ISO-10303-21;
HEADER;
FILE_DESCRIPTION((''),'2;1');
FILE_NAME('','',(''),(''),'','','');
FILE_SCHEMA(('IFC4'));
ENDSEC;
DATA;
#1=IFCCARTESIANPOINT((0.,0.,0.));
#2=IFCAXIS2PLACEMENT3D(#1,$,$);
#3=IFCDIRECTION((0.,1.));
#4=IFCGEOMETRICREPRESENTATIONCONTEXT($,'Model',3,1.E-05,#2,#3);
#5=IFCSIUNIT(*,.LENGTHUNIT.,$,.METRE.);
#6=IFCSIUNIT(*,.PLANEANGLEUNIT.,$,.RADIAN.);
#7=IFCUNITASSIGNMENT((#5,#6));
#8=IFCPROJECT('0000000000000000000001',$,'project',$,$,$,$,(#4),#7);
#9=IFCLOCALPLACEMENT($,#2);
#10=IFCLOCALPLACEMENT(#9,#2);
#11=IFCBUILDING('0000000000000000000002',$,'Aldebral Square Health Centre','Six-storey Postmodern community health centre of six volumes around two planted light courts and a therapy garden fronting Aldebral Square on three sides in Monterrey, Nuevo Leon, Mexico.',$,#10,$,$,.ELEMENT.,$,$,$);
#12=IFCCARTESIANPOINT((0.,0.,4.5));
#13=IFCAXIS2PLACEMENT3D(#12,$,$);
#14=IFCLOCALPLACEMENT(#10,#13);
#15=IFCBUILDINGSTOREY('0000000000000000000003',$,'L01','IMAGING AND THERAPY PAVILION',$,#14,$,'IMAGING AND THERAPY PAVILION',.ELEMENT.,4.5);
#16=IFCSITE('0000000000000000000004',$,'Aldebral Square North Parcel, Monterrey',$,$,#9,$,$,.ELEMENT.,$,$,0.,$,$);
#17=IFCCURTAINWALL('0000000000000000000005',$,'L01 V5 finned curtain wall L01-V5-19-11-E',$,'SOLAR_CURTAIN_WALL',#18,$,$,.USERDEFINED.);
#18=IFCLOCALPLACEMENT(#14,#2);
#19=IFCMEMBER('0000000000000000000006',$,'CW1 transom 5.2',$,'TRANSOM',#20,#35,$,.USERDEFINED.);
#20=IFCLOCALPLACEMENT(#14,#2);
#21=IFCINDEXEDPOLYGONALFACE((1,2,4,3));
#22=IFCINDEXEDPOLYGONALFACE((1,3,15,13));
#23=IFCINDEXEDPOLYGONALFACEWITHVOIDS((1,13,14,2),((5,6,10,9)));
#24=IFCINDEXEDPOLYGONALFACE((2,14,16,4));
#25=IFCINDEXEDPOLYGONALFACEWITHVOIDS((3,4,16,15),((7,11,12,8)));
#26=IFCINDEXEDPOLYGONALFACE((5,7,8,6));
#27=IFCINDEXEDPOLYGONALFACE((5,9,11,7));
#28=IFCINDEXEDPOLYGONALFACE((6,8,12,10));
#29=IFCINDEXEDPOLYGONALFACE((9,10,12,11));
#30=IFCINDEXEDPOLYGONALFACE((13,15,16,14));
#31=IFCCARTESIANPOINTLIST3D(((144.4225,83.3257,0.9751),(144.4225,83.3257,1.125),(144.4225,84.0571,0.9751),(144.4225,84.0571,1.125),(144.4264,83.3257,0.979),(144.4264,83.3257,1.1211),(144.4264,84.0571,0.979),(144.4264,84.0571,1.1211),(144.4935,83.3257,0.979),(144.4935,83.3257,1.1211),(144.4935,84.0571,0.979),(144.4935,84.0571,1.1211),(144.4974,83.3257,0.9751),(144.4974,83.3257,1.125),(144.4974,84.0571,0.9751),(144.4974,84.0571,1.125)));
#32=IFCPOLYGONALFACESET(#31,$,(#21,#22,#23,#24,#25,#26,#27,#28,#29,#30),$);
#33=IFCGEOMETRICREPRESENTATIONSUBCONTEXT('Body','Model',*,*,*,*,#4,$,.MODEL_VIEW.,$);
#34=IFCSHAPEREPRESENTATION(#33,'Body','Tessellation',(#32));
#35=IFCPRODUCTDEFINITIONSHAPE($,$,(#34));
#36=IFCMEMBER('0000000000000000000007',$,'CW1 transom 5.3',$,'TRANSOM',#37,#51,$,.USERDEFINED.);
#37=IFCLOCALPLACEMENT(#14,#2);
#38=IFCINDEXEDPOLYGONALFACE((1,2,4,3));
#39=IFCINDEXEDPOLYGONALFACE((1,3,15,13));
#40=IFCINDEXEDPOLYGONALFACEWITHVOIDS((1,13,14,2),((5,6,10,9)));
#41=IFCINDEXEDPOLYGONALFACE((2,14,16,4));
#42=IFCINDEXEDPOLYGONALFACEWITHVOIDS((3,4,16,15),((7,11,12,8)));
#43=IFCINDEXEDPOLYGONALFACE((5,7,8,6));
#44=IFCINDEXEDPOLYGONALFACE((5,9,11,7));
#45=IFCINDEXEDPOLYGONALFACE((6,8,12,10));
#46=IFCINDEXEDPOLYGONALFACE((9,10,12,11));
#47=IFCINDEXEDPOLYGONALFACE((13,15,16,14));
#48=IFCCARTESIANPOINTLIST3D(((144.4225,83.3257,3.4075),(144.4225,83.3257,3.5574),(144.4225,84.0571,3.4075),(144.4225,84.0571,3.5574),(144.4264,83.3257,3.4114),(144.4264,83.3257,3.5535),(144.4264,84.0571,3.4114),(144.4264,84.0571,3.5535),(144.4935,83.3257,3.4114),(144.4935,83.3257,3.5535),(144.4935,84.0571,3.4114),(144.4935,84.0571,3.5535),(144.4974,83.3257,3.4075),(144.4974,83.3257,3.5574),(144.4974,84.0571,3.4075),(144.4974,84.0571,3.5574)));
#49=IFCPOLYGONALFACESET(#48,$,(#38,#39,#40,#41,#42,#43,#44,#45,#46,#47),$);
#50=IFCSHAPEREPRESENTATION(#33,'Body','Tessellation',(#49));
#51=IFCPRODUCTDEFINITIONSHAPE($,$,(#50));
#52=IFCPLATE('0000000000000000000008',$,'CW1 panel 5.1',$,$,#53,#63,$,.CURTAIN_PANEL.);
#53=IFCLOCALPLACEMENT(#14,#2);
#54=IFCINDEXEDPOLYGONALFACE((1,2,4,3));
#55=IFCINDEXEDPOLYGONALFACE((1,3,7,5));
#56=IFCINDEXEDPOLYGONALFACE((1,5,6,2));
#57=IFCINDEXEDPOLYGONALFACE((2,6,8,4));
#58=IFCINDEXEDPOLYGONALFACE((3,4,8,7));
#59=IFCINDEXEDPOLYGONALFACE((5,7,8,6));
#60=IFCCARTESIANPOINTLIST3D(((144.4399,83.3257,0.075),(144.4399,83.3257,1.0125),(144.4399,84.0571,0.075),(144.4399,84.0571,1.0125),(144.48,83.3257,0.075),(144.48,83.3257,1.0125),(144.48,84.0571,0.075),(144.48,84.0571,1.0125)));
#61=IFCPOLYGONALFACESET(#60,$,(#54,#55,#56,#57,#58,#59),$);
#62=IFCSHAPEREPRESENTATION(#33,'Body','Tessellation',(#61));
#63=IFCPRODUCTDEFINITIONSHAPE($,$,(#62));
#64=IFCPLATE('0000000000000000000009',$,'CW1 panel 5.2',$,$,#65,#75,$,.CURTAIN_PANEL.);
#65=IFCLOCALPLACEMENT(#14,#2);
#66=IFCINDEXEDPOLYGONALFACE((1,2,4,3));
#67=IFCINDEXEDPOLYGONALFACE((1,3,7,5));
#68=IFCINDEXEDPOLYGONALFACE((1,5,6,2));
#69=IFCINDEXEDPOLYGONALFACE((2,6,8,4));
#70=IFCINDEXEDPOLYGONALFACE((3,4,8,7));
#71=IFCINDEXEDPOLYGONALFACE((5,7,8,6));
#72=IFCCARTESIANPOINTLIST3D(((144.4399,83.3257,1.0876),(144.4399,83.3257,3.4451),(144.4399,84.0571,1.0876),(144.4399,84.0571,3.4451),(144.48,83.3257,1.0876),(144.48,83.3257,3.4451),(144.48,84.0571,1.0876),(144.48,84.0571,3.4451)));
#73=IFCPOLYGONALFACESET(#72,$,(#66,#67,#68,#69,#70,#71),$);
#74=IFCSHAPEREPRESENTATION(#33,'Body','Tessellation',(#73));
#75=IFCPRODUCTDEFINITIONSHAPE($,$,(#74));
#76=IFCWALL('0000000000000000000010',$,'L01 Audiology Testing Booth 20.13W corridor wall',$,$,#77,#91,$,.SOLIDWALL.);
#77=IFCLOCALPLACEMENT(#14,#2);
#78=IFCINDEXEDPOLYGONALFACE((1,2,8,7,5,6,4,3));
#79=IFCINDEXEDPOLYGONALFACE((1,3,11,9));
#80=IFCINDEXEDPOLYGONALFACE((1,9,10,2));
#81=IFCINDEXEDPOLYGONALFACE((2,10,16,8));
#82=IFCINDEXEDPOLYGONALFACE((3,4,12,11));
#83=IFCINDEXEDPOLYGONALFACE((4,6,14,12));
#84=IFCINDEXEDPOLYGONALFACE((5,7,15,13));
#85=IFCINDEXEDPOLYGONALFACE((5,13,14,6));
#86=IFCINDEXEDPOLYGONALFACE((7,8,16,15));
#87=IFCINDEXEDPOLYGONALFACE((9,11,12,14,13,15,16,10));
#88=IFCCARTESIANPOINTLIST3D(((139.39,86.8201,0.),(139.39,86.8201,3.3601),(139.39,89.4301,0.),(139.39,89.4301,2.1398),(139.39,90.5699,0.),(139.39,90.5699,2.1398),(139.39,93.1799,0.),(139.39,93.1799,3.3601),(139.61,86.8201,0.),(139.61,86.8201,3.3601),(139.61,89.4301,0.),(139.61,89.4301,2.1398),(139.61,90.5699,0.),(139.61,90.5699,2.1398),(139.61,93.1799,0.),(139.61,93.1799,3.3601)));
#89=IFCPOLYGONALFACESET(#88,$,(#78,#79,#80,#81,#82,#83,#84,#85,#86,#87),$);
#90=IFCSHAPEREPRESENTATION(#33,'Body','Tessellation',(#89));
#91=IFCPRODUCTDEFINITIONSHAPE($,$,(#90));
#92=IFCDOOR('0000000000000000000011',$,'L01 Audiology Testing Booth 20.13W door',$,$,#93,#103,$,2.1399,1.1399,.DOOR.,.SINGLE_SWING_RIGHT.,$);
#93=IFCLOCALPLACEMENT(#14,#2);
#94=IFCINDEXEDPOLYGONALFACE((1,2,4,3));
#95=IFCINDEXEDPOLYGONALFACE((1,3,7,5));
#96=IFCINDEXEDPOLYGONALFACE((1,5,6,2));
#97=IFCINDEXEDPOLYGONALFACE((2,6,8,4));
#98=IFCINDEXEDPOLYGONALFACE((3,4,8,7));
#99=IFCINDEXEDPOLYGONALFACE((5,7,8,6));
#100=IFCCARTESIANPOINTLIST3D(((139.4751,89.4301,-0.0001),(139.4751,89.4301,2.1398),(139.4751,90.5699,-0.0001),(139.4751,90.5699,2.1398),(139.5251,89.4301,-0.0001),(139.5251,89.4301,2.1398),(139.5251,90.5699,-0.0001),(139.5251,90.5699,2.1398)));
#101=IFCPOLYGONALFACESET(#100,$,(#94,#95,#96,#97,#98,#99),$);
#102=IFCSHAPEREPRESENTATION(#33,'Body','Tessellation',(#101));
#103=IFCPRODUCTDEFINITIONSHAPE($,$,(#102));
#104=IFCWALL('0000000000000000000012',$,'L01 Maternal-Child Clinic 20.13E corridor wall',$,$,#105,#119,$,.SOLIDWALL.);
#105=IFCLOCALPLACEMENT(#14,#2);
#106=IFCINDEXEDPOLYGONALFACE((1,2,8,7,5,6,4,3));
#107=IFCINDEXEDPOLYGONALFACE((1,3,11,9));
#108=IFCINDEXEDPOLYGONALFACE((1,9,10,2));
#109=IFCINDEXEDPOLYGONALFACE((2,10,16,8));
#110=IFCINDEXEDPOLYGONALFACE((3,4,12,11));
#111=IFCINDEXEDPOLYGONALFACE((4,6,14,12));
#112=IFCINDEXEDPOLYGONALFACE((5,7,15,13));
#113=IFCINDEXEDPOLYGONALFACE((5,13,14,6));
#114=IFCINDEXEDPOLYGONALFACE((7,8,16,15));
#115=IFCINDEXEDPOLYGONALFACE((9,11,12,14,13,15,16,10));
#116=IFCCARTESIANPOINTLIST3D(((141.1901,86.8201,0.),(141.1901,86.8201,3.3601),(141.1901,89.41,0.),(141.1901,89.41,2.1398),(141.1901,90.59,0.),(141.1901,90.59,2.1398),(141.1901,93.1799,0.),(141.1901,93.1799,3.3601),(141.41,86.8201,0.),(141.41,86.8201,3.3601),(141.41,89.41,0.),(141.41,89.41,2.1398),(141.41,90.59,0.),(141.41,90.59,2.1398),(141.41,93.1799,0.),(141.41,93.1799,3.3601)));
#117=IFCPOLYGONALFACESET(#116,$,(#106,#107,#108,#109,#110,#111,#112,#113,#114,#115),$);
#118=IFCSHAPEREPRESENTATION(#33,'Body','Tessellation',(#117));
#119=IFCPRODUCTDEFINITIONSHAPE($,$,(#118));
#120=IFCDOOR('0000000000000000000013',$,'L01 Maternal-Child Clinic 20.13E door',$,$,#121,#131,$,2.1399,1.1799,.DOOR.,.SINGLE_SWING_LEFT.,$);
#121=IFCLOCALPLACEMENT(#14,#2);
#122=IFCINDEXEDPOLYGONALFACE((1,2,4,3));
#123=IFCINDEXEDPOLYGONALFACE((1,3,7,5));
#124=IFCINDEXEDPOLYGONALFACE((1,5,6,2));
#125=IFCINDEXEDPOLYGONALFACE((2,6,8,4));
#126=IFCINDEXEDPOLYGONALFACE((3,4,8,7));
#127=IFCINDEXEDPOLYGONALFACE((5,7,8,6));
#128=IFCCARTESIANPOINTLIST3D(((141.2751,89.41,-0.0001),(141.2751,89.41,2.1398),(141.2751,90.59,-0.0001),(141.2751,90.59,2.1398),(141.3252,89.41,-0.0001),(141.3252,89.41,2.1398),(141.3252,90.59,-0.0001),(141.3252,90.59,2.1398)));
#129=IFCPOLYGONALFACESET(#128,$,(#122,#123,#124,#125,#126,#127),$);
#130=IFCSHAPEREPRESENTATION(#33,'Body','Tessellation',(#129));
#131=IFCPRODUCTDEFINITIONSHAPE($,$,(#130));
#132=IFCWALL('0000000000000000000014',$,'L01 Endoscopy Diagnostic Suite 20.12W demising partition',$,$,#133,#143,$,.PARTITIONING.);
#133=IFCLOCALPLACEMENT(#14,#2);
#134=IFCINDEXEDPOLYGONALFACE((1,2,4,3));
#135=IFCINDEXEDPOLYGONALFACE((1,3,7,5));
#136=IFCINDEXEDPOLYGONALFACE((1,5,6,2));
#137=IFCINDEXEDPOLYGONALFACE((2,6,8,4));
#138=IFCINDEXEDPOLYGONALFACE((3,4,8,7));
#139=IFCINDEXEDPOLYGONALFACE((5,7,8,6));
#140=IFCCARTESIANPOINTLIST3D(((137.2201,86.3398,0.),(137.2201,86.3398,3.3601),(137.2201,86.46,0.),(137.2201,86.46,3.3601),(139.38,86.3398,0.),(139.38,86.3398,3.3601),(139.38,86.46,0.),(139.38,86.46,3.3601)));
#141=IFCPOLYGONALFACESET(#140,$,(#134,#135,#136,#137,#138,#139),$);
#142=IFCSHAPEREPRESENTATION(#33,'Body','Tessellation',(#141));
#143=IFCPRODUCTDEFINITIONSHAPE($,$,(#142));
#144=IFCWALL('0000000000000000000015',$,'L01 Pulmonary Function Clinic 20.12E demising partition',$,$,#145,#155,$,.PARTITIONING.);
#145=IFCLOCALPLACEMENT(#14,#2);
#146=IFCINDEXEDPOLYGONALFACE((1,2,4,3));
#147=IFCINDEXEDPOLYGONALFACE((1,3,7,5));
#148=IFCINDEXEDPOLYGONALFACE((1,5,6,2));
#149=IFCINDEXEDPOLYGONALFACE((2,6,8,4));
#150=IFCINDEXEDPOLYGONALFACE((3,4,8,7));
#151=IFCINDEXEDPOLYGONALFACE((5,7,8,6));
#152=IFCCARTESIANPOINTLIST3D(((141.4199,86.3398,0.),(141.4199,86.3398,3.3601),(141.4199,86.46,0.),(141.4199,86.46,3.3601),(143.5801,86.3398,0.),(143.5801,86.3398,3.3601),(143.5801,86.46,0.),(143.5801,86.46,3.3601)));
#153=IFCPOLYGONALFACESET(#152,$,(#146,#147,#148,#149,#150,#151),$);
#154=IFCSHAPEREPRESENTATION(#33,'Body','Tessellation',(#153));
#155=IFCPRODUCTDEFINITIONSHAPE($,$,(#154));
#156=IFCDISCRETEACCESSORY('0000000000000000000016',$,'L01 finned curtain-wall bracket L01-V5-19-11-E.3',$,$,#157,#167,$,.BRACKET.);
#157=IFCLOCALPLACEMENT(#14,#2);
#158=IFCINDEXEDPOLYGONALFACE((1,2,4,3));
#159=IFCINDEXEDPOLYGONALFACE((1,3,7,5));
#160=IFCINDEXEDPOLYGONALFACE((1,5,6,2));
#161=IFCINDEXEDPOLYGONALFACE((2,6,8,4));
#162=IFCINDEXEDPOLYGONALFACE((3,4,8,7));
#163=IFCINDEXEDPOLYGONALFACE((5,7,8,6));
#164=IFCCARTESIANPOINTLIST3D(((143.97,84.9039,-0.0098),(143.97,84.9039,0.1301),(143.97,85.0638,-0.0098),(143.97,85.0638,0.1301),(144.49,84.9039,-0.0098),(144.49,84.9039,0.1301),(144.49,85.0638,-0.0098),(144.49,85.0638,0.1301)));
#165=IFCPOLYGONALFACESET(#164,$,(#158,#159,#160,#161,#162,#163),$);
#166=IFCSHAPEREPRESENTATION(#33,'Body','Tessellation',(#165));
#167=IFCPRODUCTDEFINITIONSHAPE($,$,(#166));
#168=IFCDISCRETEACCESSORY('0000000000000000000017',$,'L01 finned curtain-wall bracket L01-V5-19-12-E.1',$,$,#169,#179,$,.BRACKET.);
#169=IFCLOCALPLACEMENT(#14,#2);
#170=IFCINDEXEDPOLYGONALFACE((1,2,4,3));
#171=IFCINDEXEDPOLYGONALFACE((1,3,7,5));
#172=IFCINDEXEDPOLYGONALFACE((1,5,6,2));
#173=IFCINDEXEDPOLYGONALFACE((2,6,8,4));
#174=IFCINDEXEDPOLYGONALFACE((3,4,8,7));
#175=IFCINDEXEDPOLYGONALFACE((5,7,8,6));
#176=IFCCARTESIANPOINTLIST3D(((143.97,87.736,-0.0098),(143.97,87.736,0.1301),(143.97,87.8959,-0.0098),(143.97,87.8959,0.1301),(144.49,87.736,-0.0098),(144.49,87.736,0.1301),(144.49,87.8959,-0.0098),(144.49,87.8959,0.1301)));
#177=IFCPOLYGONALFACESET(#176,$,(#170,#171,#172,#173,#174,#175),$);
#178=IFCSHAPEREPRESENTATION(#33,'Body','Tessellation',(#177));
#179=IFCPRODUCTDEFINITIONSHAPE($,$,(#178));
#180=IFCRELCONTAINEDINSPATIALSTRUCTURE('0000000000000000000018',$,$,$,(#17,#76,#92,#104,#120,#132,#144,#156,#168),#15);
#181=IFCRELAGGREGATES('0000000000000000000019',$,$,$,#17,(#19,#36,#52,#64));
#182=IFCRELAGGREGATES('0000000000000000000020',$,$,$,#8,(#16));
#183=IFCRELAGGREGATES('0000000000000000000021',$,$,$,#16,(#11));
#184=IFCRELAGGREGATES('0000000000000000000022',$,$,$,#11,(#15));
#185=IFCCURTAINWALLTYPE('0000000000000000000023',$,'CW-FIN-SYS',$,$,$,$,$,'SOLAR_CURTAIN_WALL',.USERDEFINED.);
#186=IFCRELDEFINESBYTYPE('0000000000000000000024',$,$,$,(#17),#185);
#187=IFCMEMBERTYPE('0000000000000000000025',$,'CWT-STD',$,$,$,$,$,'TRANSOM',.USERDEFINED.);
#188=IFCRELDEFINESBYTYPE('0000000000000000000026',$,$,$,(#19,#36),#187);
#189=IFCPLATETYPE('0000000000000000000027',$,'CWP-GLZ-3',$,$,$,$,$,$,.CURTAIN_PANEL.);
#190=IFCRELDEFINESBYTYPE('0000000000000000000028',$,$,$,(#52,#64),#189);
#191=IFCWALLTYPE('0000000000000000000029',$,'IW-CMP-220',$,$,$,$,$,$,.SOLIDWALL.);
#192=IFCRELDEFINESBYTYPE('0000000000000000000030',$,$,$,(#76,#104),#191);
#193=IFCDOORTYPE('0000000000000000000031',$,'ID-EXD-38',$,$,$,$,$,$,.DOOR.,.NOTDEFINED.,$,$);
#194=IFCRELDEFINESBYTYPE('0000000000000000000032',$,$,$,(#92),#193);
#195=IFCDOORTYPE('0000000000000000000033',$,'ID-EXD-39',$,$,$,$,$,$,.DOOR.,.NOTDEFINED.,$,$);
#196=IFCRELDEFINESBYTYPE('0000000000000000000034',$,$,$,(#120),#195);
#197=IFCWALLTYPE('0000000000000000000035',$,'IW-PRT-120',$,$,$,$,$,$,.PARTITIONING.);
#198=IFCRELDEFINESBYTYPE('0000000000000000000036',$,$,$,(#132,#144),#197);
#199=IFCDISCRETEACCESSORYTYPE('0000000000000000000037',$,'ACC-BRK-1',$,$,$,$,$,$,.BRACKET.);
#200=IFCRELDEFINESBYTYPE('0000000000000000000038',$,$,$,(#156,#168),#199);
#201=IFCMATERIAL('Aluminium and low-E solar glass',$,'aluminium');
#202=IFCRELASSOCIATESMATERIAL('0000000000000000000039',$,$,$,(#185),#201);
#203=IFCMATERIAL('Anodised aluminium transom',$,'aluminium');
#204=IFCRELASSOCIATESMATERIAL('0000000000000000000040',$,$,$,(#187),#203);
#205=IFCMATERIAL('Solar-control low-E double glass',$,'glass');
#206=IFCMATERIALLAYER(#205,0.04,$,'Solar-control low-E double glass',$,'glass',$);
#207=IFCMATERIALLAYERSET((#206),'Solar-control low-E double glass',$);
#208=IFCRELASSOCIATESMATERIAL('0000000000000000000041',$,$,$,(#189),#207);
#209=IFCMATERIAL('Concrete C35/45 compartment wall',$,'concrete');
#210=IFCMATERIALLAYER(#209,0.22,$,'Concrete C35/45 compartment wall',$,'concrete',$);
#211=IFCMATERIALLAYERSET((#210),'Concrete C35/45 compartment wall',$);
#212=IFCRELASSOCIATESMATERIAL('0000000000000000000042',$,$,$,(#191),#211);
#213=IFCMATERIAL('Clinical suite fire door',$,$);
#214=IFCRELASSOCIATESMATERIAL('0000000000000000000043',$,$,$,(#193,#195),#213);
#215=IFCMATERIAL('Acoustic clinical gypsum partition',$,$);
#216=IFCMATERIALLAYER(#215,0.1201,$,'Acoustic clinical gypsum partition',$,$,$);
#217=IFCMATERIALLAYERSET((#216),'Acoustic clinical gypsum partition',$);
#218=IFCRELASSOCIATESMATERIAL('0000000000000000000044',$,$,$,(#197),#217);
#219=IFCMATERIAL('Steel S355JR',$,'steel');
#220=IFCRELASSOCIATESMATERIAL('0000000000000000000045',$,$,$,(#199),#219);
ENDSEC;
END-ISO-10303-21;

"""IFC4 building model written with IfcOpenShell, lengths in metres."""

from ifc_helpers import new_model, si_unit, direction, frame, frame_2d, origin, origin_2d, place, context, subcontext, project, spatial, rectangle, hollow_rectangle, extrude, material, layer, layer_set, material_profile, profile_set, type_object, element, fill, aggregate, save


model = new_model("IFC4")

# Units and contexts
model_context = context("Model", 3, precision=1e-05, world=origin(), true_north=direction((0.0, 1.0)))
body_context = subcontext(model_context, "Body", "Model", "MODEL_VIEW")
ifc_project = project(units=[si_unit("LENGTHUNIT", "METRE"), si_unit("PLANEANGLEUNIT", "RADIAN")], contexts=[model_context])

# Site, building, storey
site_placement = place(None, origin())
site = spatial("IfcSite", under=ifc_project, at=site_placement, Name="Aldebral Square North Parcel, Monterrey", CompositionType="ELEMENT", RefElevation=0.0)
building_placement = place(site_placement, origin())
building = spatial("IfcBuilding", under=site, at=building_placement, Name="Aldebral Square Health Centre", Description="Six-storey Postmodern community health centre of six volumes around two planted light courts and a therapy garden fronting Aldebral Square on three sides in Monterrey, Nuevo Leon, Mexico.", CompositionType="ELEMENT")
storey_placement = place(building_placement, frame((0.0, 0.0, 4.5)))
storey = spatial("IfcBuildingStorey", under=building, at=storey_placement, Name="L01", Description="IMAGING AND THERAPY PAVILION", LongName="IMAGING AND THERAPY PAVILION", CompositionType="ELEMENT", Elevation=4.5)

# Shared definitions
ifc_material_1 = material(Name="Steel S355JR", Category="steel")

# Curtain wall, members, plates
ifc_material_2 = material(Name="Aluminium and low-E solar glass", Category="aluminium")
curtain_wall_type = type_object("IfcCurtainWallType", Name="CW-FIN-SYS", ElementType="SOLAR_CURTAIN_WALL", PredefinedType="USERDEFINED", material=ifc_material_2)
curtain_wall_placement = place(storey_placement, origin())
curtain_wall = element("IfcCurtainWall", 1, at=curtain_wall_placement, inside=storey, type_object=curtain_wall_type, Name="L01 V5 finned curtain wall L01-V5-19-11-E", ObjectType="SOLAR_CURTAIN_WALL", PredefinedType="USERDEFINED")
ifc_material_3 = material(Name="Anodised aluminium transom", Category="aluminium")
ifc_material_profile_1 = material_profile(ifc_material_3, hollow_rectangle(XDim=0.075, YDim=0.1499, WallThickness=0.0039, at=origin_2d()), Name="CWT 75x150x4")
ifc_profile_set_1 = profile_set([ifc_material_profile_1], Name="Anodised aluminium transom")
member_type_1 = type_object("IfcMemberType", Name="CWT-STD", ElementType="TRANSOM", PredefinedType="USERDEFINED", material=ifc_profile_set_1)
member_1_placement = place(storey_placement, frame((144.46, 83.3257, 1.05), z_axis=(0.0, 1.0, 0.0), x_axis=(-1.0, 0.0, 0.0)))
member_1 = element("IfcMember", 2, at=member_1_placement, type_object=member_type_1, Name="CW1 transom 5.2", ObjectType="TRANSOM", PredefinedType="USERDEFINED", context=body_context, shape_type="SweptSolid", body=[
    extrude(hollow_rectangle(XDim=0.075, YDim=0.1499, WallThickness=0.0039, at=origin_2d()), origin(), (0.0, 0.0, 1.0), 0.7314),
])
member_2_placement = place(storey_placement, frame((144.46, 83.3257, 3.4824), z_axis=(0.0, 1.0, 0.0), x_axis=(-1.0, 0.0, 0.0)))
member_2 = element("IfcMember", 3, at=member_2_placement, type_object=member_type_1, Name="CW1 transom 5.3", ObjectType="TRANSOM", PredefinedType="USERDEFINED", context=body_context, shape_type="SweptSolid", body=[
    extrude(hollow_rectangle(XDim=0.075, YDim=0.1499, WallThickness=0.0039, at=origin_2d()), origin(), (0.0, 0.0, 1.0), 0.7314),
])
ifc_material_4 = material(Name="Solar-control low-E double glass", Category="glass")
ifc_layer_1 = layer(ifc_material_4, 0.04, Name="Solar-control low-E double glass", Category="glass")
ifc_layer_set_1 = layer_set([ifc_layer_1], Name="Solar-control low-E double glass")
plate_type = type_object("IfcPlateType", Name="CWP-GLZ-3", PredefinedType="CURTAIN_PANEL", material=ifc_layer_set_1)
plate_1_placement = place(storey_placement, frame((144.46, 83.6914, 0.075), z_axis=(0.0, 0.0, 1.0), x_axis=(0.0, 1.0, 0.0)))
plate_1 = element("IfcPlate", 4, at=plate_1_placement, type_object=plate_type, Name="CW1 panel 5.1", PredefinedType="CURTAIN_PANEL", context=body_context, shape_type="SweptSolid", body=[
    extrude(rectangle(XDim=0.7314, YDim=0.04, at=origin_2d()), origin(), (0.0, 0.0, 1.0), 0.9375),
])
plate_2_placement = place(storey_placement, frame((144.46, 83.6914, 1.0876), z_axis=(0.0, 0.0, 1.0), x_axis=(0.0, 1.0, 0.0)))
plate_2 = element("IfcPlate", 5, at=plate_2_placement, type_object=plate_type, Name="CW1 panel 5.2", PredefinedType="CURTAIN_PANEL", context=body_context, shape_type="SweptSolid", body=[
    extrude(rectangle(XDim=0.7314, YDim=0.04, at=origin_2d()), origin(), (0.0, 0.0, 1.0), 2.3574),
])
aggregate(curtain_wall, [member_1, member_2, plate_1, plate_2])

# Walls, openings, doors
ifc_material_5 = material(Name="Concrete C35/45 compartment wall", Category="concrete")
ifc_layer_2 = layer(ifc_material_5, 0.22, Name="Concrete C35/45 compartment wall", Category="concrete")
ifc_layer_set_2 = layer_set([ifc_layer_2], Name="Concrete C35/45 compartment wall")
wall_type_1 = type_object("IfcWallType", Name="IW-CMP-220", PredefinedType="SOLIDWALL", material=ifc_layer_set_2)
wall_1_placement = place(storey_placement, frame((139.5, 86.8201, 0.0), z_axis=(0.0, 0.0, 1.0), x_axis=(0.0, 1.0, 0.0)))
wall_1 = element("IfcWall", 6, at=wall_1_placement, inside=storey, type_object=wall_type_1, Name="L01 Audiology Testing Booth 20.13W corridor wall", PredefinedType="SOLIDWALL", context=body_context, shape_type="SweptSolid", body=[
    extrude(rectangle(XDim=6.3599, YDim=0.22, at=frame_2d((3.1799, 0.0))), origin(), (0.0, 0.0, 1.0), 3.3601),
])
opening_1_placement = place(wall_1_placement, frame((2.6101, 0.0, 0.0)))
opening_1 = element("IfcOpeningElement", 7, at=opening_1_placement, cuts=wall_1, PredefinedType="OPENING", context=body_context, shape_type="SweptSolid", body=[
    extrude(rectangle(XDim=1.1399, YDim=2.1399, at=frame_2d((0.5698, 1.0698))), frame((0.0, 0.1201, 0.0), z_axis=(0.0, -1.0, 0.0), x_axis=(1.0, 0.0, 0.0)), (0.0, 0.0, 1.0), 0.24),
])
ifc_material_6 = material(Name="Clinical suite fire door")
door_type_1 = type_object("IfcDoorType", Name="ID-EXD-38", OperationType="NOTDEFINED", PredefinedType="DOOR", material=ifc_material_6)
door_1_placement = place(opening_1_placement, origin())
door_1 = element("IfcDoor", 8, at=door_1_placement, inside=storey, type_object=door_type_1, Name="L01 Audiology Testing Booth 20.13W door", OperationType="SINGLE_SWING_RIGHT", OverallHeight=2.1399, OverallWidth=1.1399, PredefinedType="DOOR", context=body_context, shape_type="SweptSolid", body=[
    extrude(rectangle(XDim=1.1399, YDim=2.1399, at=frame_2d((0.5698, 1.0698))), frame((0.0, 0.0249, 0.0), z_axis=(0.0, -1.0, 0.0), x_axis=(1.0, 0.0, 0.0)), (0.0, 0.0, 1.0), 0.05),
])
fill(opening_1, door_1)
wall_2_placement = place(storey_placement, frame((141.3, 86.8201, 0.0), z_axis=(0.0, 0.0, 1.0), x_axis=(0.0, 1.0, 0.0)))
wall_2 = element("IfcWall", 9, at=wall_2_placement, inside=storey, type_object=wall_type_1, Name="L01 Maternal-Child Clinic 20.13E corridor wall", PredefinedType="SOLIDWALL", context=body_context, shape_type="SweptSolid", body=[
    extrude(rectangle(XDim=6.3599, YDim=0.22, at=frame_2d((3.1799, 0.0))), origin(), (0.0, 0.0, 1.0), 3.3601),
])
opening_2_placement = place(wall_2_placement, frame((2.5901, 0.0, 0.0)))
opening_2 = element("IfcOpeningElement", 10, at=opening_2_placement, cuts=wall_2, PredefinedType="OPENING", context=body_context, shape_type="SweptSolid", body=[
    extrude(rectangle(XDim=1.1799, YDim=2.1399, at=frame_2d((0.5898, 1.0698))), frame((0.0, 0.1201, 0.0), z_axis=(0.0, -1.0, 0.0), x_axis=(1.0, 0.0, 0.0)), (0.0, 0.0, 1.0), 0.24),
])
door_type_2 = type_object("IfcDoorType", Name="ID-EXD-39", OperationType="NOTDEFINED", PredefinedType="DOOR", material=ifc_material_6)
door_2_placement = place(opening_2_placement, origin())
door_2 = element("IfcDoor", 11, at=door_2_placement, inside=storey, type_object=door_type_2, Name="L01 Maternal-Child Clinic 20.13E door", OperationType="SINGLE_SWING_LEFT", OverallHeight=2.1399, OverallWidth=1.1799, PredefinedType="DOOR", context=body_context, shape_type="SweptSolid", body=[
    extrude(rectangle(XDim=1.1799, YDim=2.1399, at=frame_2d((0.5898, 1.0698))), frame((0.0, 0.0249, 0.0), z_axis=(0.0, -1.0, 0.0), x_axis=(1.0, 0.0, 0.0)), (0.0, 0.0, 1.0), 0.05),
])
fill(opening_2, door_2)

# Walls
ifc_material_7 = material(Name="Acoustic clinical gypsum partition")
ifc_layer_3 = layer(ifc_material_7, 0.1201, Name="Acoustic clinical gypsum partition")
ifc_layer_set_3 = layer_set([ifc_layer_3], Name="Acoustic clinical gypsum partition")
wall_type_2 = type_object("IfcWallType", Name="IW-PRT-120", PredefinedType="PARTITIONING", material=ifc_layer_set_3)
wall_3_placement = place(storey_placement, frame((137.22, 86.3999, 0.0), z_axis=(0.0, 0.0, 1.0), x_axis=(1.0, 0.0, 0.0)))
element("IfcWall", 12, at=wall_3_placement, inside=storey, type_object=wall_type_2, Name="L01 Endoscopy Diagnostic Suite 20.12W demising partition", PredefinedType="PARTITIONING", context=body_context, shape_type="SweptSolid", body=[
    extrude(rectangle(XDim=2.1599, YDim=0.1201, at=frame_2d((1.0801, 0.0))), origin(), (0.0, 0.0, 1.0), 3.3601),
])
wall_4_placement = place(storey_placement, frame((141.4199, 86.3999, 0.0), z_axis=(0.0, 0.0, 1.0), x_axis=(1.0, 0.0, 0.0)))
element("IfcWall", 13, at=wall_4_placement, inside=storey, type_object=wall_type_2, Name="L01 Pulmonary Function Clinic 20.12E demising partition", PredefinedType="PARTITIONING", context=body_context, shape_type="SweptSolid", body=[
    extrude(rectangle(XDim=2.1602, YDim=0.1201, at=frame_2d((1.0801, 0.0))), origin(), (0.0, 0.0, 1.0), 3.3601),
])

# Discrete accessories
discrete_accessory_type_1 = type_object("IfcDiscreteAccessoryType", Name="ACC-BRK-1", PredefinedType="BRACKET", material=ifc_material_1)
for number, where, z_axis, x_axis, name in (
    (14, (144.23, 84.9839, -0.0098), (0.0, 0.0, 1.0), (0.0, 1.0, 0.0), "L01 finned curtain-wall bracket L01-V5-19-11-E.3"),
    (15, (144.23, 87.8159, -0.0098), (0.0, 0.0, 1.0), (0.0, 1.0, 0.0), "L01 finned curtain-wall bracket L01-V5-19-12-E.1"),
):
    element("IfcDiscreteAccessory", number, at=place(storey_placement, frame(where, z_axis=z_axis, x_axis=x_axis)), inside=storey, type_object=discrete_accessory_type_1, Name=name, PredefinedType="BRACKET", context=body_context, shape_type="SweptSolid", body=[
        extrude(rectangle(XDim=0.1599, YDim=0.52, at=origin_2d()), origin(), (0.0, 0.0, 1.0), 0.1399),
    ])

save(model, "model.ifc")
